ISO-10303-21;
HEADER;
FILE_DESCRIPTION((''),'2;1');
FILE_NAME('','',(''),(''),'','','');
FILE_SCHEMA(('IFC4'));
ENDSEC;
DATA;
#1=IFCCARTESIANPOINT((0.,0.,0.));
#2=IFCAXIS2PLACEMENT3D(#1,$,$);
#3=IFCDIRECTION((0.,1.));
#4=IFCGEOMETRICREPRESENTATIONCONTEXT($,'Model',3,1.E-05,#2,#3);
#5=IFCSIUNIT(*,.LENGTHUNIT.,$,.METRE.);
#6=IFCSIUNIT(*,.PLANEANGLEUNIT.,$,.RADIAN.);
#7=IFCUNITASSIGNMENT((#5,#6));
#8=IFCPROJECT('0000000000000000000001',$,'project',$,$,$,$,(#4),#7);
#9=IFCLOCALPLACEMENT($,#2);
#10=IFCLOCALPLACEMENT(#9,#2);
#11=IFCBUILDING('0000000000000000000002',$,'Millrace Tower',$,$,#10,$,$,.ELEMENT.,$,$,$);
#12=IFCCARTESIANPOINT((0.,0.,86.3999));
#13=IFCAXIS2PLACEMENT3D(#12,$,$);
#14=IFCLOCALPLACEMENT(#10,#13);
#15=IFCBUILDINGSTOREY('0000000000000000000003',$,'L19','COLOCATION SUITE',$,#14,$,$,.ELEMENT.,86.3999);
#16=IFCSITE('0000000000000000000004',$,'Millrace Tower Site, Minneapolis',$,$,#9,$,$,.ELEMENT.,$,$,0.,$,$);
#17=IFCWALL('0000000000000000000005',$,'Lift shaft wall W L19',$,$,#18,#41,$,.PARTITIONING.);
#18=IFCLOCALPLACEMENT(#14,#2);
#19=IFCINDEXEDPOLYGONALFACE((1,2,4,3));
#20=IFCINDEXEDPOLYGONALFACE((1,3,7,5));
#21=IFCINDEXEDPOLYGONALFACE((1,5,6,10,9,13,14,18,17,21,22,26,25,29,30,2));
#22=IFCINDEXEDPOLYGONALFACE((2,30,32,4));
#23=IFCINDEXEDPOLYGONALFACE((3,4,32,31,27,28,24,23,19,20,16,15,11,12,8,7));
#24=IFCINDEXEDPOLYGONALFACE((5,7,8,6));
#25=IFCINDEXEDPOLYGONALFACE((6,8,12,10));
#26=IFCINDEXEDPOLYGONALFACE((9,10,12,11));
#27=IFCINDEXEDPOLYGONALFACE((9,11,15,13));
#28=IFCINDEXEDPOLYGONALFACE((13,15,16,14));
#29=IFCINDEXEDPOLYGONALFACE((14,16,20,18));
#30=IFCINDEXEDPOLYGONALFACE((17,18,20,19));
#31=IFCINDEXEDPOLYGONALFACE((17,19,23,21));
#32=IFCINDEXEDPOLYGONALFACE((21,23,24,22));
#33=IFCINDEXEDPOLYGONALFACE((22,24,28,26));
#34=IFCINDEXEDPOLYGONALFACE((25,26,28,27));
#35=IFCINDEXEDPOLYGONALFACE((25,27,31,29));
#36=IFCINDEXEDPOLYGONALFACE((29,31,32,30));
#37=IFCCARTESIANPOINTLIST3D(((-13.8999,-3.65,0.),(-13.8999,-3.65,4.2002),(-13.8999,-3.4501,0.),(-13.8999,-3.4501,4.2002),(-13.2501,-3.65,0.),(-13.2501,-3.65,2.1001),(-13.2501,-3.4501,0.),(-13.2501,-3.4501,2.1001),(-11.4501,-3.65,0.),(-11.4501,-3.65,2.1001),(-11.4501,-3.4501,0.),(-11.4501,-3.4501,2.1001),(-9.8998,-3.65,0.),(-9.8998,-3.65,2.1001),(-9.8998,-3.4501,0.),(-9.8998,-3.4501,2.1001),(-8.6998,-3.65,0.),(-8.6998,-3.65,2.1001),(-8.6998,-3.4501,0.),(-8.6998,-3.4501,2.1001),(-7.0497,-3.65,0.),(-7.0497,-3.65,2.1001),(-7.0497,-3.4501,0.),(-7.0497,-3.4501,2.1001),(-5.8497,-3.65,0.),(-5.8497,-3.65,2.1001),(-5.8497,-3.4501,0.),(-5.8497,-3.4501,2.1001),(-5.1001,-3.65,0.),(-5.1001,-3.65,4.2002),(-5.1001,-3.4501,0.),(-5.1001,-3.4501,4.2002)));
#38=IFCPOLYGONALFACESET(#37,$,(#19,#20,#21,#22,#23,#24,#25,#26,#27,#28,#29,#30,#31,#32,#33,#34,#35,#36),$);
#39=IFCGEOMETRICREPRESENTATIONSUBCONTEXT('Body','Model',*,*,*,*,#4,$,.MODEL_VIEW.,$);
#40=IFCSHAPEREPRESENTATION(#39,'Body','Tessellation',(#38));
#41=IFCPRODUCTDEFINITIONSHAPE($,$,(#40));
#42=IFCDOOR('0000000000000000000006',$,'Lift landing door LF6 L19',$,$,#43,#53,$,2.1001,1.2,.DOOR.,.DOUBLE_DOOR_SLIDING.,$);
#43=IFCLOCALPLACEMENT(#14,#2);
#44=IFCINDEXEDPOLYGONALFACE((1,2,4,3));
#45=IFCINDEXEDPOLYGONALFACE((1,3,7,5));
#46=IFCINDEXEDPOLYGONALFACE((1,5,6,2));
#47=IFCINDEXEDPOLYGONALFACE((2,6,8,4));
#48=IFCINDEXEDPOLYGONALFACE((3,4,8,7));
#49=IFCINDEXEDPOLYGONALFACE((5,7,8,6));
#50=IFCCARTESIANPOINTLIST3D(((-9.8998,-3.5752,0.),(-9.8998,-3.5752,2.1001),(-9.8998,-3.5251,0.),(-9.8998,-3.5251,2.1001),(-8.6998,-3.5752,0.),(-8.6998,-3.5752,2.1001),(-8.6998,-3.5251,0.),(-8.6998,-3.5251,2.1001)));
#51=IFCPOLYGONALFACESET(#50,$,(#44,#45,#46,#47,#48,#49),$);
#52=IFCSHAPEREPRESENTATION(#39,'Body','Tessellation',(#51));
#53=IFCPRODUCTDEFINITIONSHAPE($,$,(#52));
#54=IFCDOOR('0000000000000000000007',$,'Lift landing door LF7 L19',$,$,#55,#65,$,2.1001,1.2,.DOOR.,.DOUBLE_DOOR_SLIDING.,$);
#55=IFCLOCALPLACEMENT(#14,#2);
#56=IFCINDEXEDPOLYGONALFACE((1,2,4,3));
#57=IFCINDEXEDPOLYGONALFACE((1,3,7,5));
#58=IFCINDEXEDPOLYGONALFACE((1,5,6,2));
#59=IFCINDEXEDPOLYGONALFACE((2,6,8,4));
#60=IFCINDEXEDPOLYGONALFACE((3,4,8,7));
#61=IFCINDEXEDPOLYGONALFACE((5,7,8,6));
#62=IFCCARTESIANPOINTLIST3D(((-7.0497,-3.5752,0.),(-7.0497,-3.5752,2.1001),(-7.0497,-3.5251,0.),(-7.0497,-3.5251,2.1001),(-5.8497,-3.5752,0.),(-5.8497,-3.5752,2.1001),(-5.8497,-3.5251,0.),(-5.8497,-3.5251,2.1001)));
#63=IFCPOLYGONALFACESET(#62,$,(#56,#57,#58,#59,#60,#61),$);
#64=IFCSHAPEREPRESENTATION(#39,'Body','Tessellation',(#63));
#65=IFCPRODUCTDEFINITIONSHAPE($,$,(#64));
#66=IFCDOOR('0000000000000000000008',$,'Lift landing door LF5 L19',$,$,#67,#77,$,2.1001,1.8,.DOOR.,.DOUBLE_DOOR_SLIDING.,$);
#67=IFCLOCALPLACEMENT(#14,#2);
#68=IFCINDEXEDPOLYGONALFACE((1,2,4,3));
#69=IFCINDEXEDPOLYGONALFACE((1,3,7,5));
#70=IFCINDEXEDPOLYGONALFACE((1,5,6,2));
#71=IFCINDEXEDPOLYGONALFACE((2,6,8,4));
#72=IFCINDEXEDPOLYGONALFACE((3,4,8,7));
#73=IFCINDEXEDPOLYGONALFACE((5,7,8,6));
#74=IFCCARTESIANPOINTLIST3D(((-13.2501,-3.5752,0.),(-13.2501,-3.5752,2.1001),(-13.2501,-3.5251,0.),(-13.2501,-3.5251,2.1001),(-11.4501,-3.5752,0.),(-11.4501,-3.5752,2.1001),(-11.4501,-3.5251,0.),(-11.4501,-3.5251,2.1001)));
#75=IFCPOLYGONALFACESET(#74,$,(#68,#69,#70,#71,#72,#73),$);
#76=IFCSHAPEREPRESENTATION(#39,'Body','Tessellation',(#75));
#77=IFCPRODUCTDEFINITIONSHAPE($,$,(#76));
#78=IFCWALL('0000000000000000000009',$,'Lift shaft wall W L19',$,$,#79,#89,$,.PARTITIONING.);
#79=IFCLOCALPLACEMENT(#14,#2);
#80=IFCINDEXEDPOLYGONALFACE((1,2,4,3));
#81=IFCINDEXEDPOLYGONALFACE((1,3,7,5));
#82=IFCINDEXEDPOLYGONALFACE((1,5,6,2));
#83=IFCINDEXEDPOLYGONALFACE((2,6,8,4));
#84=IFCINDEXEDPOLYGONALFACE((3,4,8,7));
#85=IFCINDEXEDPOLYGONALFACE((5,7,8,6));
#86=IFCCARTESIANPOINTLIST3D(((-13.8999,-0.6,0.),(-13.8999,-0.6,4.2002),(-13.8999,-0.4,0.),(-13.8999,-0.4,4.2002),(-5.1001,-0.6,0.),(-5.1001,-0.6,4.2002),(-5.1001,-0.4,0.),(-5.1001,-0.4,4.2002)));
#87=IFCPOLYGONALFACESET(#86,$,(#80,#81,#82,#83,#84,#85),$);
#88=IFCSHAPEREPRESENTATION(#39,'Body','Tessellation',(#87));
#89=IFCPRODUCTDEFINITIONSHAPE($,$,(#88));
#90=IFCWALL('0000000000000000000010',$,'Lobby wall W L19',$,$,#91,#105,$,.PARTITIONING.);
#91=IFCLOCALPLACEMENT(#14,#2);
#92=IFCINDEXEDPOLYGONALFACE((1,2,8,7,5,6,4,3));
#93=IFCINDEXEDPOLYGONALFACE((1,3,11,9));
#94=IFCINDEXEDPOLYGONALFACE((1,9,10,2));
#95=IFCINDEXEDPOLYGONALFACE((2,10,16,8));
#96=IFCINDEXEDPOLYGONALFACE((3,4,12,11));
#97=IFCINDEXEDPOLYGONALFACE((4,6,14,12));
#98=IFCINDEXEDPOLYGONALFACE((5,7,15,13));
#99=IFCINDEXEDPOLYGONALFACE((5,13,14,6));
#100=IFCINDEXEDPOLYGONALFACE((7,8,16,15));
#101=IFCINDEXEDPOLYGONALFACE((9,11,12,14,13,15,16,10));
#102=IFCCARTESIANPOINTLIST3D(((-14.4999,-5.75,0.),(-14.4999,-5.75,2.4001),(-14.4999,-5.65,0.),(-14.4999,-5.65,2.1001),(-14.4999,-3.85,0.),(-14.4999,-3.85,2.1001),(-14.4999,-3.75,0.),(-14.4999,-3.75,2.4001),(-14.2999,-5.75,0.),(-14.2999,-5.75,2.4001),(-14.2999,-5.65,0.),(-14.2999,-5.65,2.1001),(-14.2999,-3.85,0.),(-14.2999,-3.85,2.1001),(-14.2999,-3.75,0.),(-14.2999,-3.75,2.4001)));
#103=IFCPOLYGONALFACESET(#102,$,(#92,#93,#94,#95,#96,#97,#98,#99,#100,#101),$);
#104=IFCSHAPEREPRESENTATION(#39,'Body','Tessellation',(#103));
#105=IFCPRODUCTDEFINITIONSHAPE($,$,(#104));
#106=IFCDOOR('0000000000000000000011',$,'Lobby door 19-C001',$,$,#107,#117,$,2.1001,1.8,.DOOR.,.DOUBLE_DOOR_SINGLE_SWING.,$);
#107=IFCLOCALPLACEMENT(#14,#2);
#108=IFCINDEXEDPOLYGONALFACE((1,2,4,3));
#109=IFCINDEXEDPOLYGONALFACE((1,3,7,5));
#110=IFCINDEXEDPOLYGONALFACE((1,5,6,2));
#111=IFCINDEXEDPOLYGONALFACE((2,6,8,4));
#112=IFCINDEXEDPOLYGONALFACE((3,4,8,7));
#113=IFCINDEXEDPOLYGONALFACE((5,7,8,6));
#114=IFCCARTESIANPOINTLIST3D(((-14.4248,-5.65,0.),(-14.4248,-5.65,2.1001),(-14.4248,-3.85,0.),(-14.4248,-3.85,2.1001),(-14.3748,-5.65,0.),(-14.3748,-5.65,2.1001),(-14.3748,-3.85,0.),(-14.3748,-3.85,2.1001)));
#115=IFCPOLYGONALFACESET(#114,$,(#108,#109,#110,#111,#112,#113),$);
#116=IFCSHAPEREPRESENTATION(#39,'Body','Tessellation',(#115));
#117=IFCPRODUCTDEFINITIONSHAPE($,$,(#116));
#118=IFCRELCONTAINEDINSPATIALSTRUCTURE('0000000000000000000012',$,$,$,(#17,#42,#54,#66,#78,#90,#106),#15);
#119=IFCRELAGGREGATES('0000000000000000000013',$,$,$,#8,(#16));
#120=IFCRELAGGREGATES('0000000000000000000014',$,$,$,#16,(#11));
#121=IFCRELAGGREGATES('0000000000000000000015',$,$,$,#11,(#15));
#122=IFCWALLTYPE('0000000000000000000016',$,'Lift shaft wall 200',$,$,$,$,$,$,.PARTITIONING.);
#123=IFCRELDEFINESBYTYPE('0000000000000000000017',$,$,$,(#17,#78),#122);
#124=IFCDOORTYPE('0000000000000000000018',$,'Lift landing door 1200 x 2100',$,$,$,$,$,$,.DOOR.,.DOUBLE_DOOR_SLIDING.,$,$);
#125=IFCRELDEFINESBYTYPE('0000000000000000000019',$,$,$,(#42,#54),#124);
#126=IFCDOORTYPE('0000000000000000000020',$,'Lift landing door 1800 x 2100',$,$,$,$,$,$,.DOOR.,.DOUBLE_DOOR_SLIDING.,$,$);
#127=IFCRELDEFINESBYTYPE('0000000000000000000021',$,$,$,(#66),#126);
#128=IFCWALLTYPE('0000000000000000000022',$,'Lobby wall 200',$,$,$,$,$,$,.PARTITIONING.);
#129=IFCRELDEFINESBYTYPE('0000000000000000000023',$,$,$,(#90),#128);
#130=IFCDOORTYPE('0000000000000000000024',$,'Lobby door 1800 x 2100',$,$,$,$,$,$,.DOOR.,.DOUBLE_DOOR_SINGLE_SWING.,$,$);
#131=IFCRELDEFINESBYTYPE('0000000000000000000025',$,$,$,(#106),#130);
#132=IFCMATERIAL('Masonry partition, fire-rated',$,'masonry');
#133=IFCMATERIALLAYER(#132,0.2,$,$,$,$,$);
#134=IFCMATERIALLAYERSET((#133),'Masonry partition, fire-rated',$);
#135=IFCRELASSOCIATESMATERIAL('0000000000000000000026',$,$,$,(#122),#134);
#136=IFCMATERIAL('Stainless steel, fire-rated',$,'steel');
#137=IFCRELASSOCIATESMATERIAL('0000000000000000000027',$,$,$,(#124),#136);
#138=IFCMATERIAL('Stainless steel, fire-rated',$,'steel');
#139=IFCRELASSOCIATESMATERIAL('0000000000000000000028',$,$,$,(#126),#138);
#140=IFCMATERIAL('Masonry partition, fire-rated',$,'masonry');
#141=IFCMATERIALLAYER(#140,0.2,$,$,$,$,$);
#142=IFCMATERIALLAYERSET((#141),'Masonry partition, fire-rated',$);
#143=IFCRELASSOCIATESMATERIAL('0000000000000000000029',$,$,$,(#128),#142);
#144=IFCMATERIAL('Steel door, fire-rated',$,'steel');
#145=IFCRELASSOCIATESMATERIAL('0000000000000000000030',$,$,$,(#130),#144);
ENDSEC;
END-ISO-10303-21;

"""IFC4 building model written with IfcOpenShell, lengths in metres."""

from ifc_helpers import new_model, si_unit, direction, frame, frame_2d, origin, place, context, subcontext, project, spatial, rectangle, extrude, material, layer, layer_set, type_object, element, fill, save


model = new_model("IFC4")

# Units and contexts
model_context = context("Model", 3, precision=1e-05, world=origin(), true_north=direction((0.0, 1.0)))
body_context = subcontext(model_context, "Body", "Model", "MODEL_VIEW")
ifc_project = project(units=[si_unit("LENGTHUNIT", "METRE"), si_unit("PLANEANGLEUNIT", "RADIAN")], contexts=[model_context])

# Site, building, storey
site_placement = place(None, origin())
site = spatial("IfcSite", under=ifc_project, at=site_placement, Name="Millrace Tower Site, Minneapolis", CompositionType="ELEMENT", RefElevation=0.0)
building_placement = place(site_placement, origin())
building = spatial("IfcBuilding", under=site, at=building_placement, Name="Millrace Tower", CompositionType="ELEMENT")
storey_placement = place(building_placement, frame((0.0, 0.0, 86.3999)))
storey = spatial("IfcBuildingStorey", under=building, at=storey_placement, Name="L19", Description="COLOCATION SUITE", CompositionType="ELEMENT", Elevation=86.3999)

# Wall, openings, doors
ifc_material_1 = material(Name="Masonry partition, fire-rated", Category="masonry")
ifc_layer_1 = layer(ifc_material_1, 0.2)
ifc_layer_set_1 = layer_set([ifc_layer_1], Name="Masonry partition, fire-rated")
wall_type_1 = type_object("IfcWallType", Name="Lift shaft wall 200", PredefinedType="PARTITIONING", material=ifc_layer_set_1)
wall_1_placement = place(storey_placement, frame((-13.8999, -3.55, 0.0), z_axis=(0.0, 0.0, 1.0), x_axis=(1.0, 0.0, 0.0)))
wall_1 = element("IfcWall", 1, at=wall_1_placement, inside=storey, type_object=wall_type_1, Name="Lift shaft wall W L19", PredefinedType="PARTITIONING", context=body_context, shape_type="SweptSolid", body=[
    extrude(rectangle(XDim=8.7998, YDim=0.2, at=frame_2d((4.3999, 0.0))), origin(), (0.0, 0.0, 1.0), 4.2002),
])
opening_1_placement = place(wall_1_placement, frame((0.6499, 0.0, 0.0)))
opening_1 = element("IfcOpeningElement", 2, at=opening_1_placement, cuts=wall_1, PredefinedType="OPENING", context=body_context, shape_type="SweptSolid", body=[
    extrude(rectangle(XDim=1.8, YDim=2.1001, at=frame_2d((0.8999, 1.05))), frame((0.0, 0.1099, 0.0), z_axis=(0.0, -1.0, 0.0), x_axis=(1.0, 0.0, 0.0)), (0.0, 0.0, 1.0), 0.22),
])
opening_2_placement = place(wall_1_placement, frame((4.0, 0.0, 0.0)))
opening_2 = element("IfcOpeningElement", 3, at=opening_2_placement, cuts=wall_1, PredefinedType="OPENING", context=body_context, shape_type="SweptSolid", body=[
    extrude(rectangle(XDim=1.2, YDim=2.1001, at=frame_2d((0.6001, 1.05))), frame((0.0, 0.1099, 0.0), z_axis=(0.0, -1.0, 0.0), x_axis=(1.0, 0.0, 0.0)), (0.0, 0.0, 1.0), 0.22),
])
opening_3_placement = place(wall_1_placement, frame((6.8501, 0.0, 0.0)))
opening_3 = element("IfcOpeningElement", 4, at=opening_3_placement, cuts=wall_1, PredefinedType="OPENING", context=body_context, shape_type="SweptSolid", body=[
    extrude(rectangle(XDim=1.2, YDim=2.1001, at=frame_2d((0.6001, 1.05))), frame((0.0, 0.1099, 0.0), z_axis=(0.0, -1.0, 0.0), x_axis=(1.0, 0.0, 0.0)), (0.0, 0.0, 1.0), 0.22),
])
ifc_material_2 = material(Name="Stainless steel, fire-rated", Category="steel")
door_type_1 = type_object("IfcDoorType", Name="Lift landing door 1200 x 2100", OperationType="DOUBLE_DOOR_SLIDING", PredefinedType="DOOR", material=ifc_material_2)
door_1_placement = place(opening_2_placement, origin())
door_1 = element("IfcDoor", 5, at=door_1_placement, inside=storey, type_object=door_type_1, Name="Lift landing door LF6 L19", OperationType="DOUBLE_DOOR_SLIDING", OverallHeight=2.1001, OverallWidth=1.2, PredefinedType="DOOR", context=body_context, shape_type="SweptSolid", body=[
    extrude(rectangle(XDim=1.2, YDim=2.1001, at=frame_2d((0.6001, 1.05))), frame((0.0, 0.0249, 0.0), z_axis=(0.0, -1.0, 0.0), x_axis=(1.0, 0.0, 0.0)), (0.0, 0.0, 1.0), 0.05),
])
fill(opening_2, door_1)
door_2_placement = place(opening_3_placement, origin())
door_2 = element("IfcDoor", 6, at=door_2_placement, inside=storey, type_object=door_type_1, Name="Lift landing door LF7 L19", OperationType="DOUBLE_DOOR_SLIDING", OverallHeight=2.1001, OverallWidth=1.2, PredefinedType="DOOR", context=body_context, shape_type="SweptSolid", body=[
    extrude(rectangle(XDim=1.2, YDim=2.1001, at=frame_2d((0.6001, 1.05))), frame((0.0, 0.0249, 0.0), z_axis=(0.0, -1.0, 0.0), x_axis=(1.0, 0.0, 0.0)), (0.0, 0.0, 1.0), 0.05),
])
fill(opening_3, door_2)
ifc_material_3 = material(Name="Stainless steel, fire-rated", Category="steel")
door_type_2 = type_object("IfcDoorType", Name="Lift landing door 1800 x 2100", OperationType="DOUBLE_DOOR_SLIDING", PredefinedType="DOOR", material=ifc_material_3)
door_3_placement = place(opening_1_placement, origin())
door_3 = element("IfcDoor", 7, at=door_3_placement, inside=storey, type_object=door_type_2, Name="Lift landing door LF5 L19", OperationType="DOUBLE_DOOR_SLIDING", OverallHeight=2.1001, OverallWidth=1.8, PredefinedType="DOOR", context=body_context, shape_type="SweptSolid", body=[
    extrude(rectangle(XDim=1.8, YDim=2.1001, at=frame_2d((0.8999, 1.05))), frame((0.0, 0.0249, 0.0), z_axis=(0.0, -1.0, 0.0), x_axis=(1.0, 0.0, 0.0)), (0.0, 0.0, 1.0), 0.05),
])
fill(opening_1, door_3)

# Wall
wall_2_placement = place(storey_placement, frame((-13.8999, -0.5, 0.0), z_axis=(0.0, 0.0, 1.0), x_axis=(1.0, 0.0, 0.0)))
element("IfcWall", 8, at=wall_2_placement, inside=storey, type_object=wall_type_1, Name="Lift shaft wall W L19", PredefinedType="PARTITIONING", context=body_context, shape_type="SweptSolid", body=[
    extrude(rectangle(XDim=8.7998, YDim=0.2, at=frame_2d((4.3999, 0.0))), origin(), (0.0, 0.0, 1.0), 4.2002),
])

# Wall, opening, door
ifc_material_4 = material(Name="Masonry partition, fire-rated", Category="masonry")
ifc_layer_2 = layer(ifc_material_4, 0.2)
ifc_layer_set_2 = layer_set([ifc_layer_2], Name="Masonry partition, fire-rated")
wall_type_2 = type_object("IfcWallType", Name="Lobby wall 200", PredefinedType="PARTITIONING", material=ifc_layer_set_2)
wall_3_placement = place(storey_placement, frame((-14.3999, -5.75, 0.0), z_axis=(0.0, 0.0, 1.0), x_axis=(0.0, 1.0, 0.0)))
wall_3 = element("IfcWall", 9, at=wall_3_placement, inside=storey, type_object=wall_type_2, Name="Lobby wall W L19", PredefinedType="PARTITIONING", context=body_context, shape_type="SweptSolid", body=[
    extrude(rectangle(XDim=2.0, YDim=0.2, at=frame_2d((1.0, 0.0))), origin(), (0.0, 0.0, 1.0), 2.4001),
])
opening_4_placement = place(wall_3_placement, frame((0.1001, 0.0, 0.0)))
opening_4 = element("IfcOpeningElement", 10, at=opening_4_placement, cuts=wall_3, PredefinedType="OPENING", context=body_context, shape_type="SweptSolid", body=[
    extrude(rectangle(XDim=1.8, YDim=2.1001, at=frame_2d((0.8999, 1.05))), frame((0.0, 0.1099, 0.0), z_axis=(0.0, -1.0, 0.0), x_axis=(1.0, 0.0, 0.0)), (0.0, 0.0, 1.0), 0.22),
])
ifc_material_5 = material(Name="Steel door, fire-rated", Category="steel")
door_type_3 = type_object("IfcDoorType", Name="Lobby door 1800 x 2100", OperationType="DOUBLE_DOOR_SINGLE_SWING", PredefinedType="DOOR", material=ifc_material_5)
door_4_placement = place(opening_4_placement, origin())
door_4 = element("IfcDoor", 11, at=door_4_placement, inside=storey, type_object=door_type_3, Name="Lobby door 19-C001", OperationType="DOUBLE_DOOR_SINGLE_SWING", OverallHeight=2.1001, OverallWidth=1.8, PredefinedType="DOOR", context=body_context, shape_type="SweptSolid", body=[
    extrude(rectangle(XDim=1.8, YDim=2.1001, at=frame_2d((0.8999, 1.05))), frame((0.0, 0.0249, 0.0), z_axis=(0.0, -1.0, 0.0), x_axis=(1.0, 0.0, 0.0)), (0.0, 0.0, 1.0), 0.05),
])
fill(opening_4, door_4)

save(model, "model.ifc")
